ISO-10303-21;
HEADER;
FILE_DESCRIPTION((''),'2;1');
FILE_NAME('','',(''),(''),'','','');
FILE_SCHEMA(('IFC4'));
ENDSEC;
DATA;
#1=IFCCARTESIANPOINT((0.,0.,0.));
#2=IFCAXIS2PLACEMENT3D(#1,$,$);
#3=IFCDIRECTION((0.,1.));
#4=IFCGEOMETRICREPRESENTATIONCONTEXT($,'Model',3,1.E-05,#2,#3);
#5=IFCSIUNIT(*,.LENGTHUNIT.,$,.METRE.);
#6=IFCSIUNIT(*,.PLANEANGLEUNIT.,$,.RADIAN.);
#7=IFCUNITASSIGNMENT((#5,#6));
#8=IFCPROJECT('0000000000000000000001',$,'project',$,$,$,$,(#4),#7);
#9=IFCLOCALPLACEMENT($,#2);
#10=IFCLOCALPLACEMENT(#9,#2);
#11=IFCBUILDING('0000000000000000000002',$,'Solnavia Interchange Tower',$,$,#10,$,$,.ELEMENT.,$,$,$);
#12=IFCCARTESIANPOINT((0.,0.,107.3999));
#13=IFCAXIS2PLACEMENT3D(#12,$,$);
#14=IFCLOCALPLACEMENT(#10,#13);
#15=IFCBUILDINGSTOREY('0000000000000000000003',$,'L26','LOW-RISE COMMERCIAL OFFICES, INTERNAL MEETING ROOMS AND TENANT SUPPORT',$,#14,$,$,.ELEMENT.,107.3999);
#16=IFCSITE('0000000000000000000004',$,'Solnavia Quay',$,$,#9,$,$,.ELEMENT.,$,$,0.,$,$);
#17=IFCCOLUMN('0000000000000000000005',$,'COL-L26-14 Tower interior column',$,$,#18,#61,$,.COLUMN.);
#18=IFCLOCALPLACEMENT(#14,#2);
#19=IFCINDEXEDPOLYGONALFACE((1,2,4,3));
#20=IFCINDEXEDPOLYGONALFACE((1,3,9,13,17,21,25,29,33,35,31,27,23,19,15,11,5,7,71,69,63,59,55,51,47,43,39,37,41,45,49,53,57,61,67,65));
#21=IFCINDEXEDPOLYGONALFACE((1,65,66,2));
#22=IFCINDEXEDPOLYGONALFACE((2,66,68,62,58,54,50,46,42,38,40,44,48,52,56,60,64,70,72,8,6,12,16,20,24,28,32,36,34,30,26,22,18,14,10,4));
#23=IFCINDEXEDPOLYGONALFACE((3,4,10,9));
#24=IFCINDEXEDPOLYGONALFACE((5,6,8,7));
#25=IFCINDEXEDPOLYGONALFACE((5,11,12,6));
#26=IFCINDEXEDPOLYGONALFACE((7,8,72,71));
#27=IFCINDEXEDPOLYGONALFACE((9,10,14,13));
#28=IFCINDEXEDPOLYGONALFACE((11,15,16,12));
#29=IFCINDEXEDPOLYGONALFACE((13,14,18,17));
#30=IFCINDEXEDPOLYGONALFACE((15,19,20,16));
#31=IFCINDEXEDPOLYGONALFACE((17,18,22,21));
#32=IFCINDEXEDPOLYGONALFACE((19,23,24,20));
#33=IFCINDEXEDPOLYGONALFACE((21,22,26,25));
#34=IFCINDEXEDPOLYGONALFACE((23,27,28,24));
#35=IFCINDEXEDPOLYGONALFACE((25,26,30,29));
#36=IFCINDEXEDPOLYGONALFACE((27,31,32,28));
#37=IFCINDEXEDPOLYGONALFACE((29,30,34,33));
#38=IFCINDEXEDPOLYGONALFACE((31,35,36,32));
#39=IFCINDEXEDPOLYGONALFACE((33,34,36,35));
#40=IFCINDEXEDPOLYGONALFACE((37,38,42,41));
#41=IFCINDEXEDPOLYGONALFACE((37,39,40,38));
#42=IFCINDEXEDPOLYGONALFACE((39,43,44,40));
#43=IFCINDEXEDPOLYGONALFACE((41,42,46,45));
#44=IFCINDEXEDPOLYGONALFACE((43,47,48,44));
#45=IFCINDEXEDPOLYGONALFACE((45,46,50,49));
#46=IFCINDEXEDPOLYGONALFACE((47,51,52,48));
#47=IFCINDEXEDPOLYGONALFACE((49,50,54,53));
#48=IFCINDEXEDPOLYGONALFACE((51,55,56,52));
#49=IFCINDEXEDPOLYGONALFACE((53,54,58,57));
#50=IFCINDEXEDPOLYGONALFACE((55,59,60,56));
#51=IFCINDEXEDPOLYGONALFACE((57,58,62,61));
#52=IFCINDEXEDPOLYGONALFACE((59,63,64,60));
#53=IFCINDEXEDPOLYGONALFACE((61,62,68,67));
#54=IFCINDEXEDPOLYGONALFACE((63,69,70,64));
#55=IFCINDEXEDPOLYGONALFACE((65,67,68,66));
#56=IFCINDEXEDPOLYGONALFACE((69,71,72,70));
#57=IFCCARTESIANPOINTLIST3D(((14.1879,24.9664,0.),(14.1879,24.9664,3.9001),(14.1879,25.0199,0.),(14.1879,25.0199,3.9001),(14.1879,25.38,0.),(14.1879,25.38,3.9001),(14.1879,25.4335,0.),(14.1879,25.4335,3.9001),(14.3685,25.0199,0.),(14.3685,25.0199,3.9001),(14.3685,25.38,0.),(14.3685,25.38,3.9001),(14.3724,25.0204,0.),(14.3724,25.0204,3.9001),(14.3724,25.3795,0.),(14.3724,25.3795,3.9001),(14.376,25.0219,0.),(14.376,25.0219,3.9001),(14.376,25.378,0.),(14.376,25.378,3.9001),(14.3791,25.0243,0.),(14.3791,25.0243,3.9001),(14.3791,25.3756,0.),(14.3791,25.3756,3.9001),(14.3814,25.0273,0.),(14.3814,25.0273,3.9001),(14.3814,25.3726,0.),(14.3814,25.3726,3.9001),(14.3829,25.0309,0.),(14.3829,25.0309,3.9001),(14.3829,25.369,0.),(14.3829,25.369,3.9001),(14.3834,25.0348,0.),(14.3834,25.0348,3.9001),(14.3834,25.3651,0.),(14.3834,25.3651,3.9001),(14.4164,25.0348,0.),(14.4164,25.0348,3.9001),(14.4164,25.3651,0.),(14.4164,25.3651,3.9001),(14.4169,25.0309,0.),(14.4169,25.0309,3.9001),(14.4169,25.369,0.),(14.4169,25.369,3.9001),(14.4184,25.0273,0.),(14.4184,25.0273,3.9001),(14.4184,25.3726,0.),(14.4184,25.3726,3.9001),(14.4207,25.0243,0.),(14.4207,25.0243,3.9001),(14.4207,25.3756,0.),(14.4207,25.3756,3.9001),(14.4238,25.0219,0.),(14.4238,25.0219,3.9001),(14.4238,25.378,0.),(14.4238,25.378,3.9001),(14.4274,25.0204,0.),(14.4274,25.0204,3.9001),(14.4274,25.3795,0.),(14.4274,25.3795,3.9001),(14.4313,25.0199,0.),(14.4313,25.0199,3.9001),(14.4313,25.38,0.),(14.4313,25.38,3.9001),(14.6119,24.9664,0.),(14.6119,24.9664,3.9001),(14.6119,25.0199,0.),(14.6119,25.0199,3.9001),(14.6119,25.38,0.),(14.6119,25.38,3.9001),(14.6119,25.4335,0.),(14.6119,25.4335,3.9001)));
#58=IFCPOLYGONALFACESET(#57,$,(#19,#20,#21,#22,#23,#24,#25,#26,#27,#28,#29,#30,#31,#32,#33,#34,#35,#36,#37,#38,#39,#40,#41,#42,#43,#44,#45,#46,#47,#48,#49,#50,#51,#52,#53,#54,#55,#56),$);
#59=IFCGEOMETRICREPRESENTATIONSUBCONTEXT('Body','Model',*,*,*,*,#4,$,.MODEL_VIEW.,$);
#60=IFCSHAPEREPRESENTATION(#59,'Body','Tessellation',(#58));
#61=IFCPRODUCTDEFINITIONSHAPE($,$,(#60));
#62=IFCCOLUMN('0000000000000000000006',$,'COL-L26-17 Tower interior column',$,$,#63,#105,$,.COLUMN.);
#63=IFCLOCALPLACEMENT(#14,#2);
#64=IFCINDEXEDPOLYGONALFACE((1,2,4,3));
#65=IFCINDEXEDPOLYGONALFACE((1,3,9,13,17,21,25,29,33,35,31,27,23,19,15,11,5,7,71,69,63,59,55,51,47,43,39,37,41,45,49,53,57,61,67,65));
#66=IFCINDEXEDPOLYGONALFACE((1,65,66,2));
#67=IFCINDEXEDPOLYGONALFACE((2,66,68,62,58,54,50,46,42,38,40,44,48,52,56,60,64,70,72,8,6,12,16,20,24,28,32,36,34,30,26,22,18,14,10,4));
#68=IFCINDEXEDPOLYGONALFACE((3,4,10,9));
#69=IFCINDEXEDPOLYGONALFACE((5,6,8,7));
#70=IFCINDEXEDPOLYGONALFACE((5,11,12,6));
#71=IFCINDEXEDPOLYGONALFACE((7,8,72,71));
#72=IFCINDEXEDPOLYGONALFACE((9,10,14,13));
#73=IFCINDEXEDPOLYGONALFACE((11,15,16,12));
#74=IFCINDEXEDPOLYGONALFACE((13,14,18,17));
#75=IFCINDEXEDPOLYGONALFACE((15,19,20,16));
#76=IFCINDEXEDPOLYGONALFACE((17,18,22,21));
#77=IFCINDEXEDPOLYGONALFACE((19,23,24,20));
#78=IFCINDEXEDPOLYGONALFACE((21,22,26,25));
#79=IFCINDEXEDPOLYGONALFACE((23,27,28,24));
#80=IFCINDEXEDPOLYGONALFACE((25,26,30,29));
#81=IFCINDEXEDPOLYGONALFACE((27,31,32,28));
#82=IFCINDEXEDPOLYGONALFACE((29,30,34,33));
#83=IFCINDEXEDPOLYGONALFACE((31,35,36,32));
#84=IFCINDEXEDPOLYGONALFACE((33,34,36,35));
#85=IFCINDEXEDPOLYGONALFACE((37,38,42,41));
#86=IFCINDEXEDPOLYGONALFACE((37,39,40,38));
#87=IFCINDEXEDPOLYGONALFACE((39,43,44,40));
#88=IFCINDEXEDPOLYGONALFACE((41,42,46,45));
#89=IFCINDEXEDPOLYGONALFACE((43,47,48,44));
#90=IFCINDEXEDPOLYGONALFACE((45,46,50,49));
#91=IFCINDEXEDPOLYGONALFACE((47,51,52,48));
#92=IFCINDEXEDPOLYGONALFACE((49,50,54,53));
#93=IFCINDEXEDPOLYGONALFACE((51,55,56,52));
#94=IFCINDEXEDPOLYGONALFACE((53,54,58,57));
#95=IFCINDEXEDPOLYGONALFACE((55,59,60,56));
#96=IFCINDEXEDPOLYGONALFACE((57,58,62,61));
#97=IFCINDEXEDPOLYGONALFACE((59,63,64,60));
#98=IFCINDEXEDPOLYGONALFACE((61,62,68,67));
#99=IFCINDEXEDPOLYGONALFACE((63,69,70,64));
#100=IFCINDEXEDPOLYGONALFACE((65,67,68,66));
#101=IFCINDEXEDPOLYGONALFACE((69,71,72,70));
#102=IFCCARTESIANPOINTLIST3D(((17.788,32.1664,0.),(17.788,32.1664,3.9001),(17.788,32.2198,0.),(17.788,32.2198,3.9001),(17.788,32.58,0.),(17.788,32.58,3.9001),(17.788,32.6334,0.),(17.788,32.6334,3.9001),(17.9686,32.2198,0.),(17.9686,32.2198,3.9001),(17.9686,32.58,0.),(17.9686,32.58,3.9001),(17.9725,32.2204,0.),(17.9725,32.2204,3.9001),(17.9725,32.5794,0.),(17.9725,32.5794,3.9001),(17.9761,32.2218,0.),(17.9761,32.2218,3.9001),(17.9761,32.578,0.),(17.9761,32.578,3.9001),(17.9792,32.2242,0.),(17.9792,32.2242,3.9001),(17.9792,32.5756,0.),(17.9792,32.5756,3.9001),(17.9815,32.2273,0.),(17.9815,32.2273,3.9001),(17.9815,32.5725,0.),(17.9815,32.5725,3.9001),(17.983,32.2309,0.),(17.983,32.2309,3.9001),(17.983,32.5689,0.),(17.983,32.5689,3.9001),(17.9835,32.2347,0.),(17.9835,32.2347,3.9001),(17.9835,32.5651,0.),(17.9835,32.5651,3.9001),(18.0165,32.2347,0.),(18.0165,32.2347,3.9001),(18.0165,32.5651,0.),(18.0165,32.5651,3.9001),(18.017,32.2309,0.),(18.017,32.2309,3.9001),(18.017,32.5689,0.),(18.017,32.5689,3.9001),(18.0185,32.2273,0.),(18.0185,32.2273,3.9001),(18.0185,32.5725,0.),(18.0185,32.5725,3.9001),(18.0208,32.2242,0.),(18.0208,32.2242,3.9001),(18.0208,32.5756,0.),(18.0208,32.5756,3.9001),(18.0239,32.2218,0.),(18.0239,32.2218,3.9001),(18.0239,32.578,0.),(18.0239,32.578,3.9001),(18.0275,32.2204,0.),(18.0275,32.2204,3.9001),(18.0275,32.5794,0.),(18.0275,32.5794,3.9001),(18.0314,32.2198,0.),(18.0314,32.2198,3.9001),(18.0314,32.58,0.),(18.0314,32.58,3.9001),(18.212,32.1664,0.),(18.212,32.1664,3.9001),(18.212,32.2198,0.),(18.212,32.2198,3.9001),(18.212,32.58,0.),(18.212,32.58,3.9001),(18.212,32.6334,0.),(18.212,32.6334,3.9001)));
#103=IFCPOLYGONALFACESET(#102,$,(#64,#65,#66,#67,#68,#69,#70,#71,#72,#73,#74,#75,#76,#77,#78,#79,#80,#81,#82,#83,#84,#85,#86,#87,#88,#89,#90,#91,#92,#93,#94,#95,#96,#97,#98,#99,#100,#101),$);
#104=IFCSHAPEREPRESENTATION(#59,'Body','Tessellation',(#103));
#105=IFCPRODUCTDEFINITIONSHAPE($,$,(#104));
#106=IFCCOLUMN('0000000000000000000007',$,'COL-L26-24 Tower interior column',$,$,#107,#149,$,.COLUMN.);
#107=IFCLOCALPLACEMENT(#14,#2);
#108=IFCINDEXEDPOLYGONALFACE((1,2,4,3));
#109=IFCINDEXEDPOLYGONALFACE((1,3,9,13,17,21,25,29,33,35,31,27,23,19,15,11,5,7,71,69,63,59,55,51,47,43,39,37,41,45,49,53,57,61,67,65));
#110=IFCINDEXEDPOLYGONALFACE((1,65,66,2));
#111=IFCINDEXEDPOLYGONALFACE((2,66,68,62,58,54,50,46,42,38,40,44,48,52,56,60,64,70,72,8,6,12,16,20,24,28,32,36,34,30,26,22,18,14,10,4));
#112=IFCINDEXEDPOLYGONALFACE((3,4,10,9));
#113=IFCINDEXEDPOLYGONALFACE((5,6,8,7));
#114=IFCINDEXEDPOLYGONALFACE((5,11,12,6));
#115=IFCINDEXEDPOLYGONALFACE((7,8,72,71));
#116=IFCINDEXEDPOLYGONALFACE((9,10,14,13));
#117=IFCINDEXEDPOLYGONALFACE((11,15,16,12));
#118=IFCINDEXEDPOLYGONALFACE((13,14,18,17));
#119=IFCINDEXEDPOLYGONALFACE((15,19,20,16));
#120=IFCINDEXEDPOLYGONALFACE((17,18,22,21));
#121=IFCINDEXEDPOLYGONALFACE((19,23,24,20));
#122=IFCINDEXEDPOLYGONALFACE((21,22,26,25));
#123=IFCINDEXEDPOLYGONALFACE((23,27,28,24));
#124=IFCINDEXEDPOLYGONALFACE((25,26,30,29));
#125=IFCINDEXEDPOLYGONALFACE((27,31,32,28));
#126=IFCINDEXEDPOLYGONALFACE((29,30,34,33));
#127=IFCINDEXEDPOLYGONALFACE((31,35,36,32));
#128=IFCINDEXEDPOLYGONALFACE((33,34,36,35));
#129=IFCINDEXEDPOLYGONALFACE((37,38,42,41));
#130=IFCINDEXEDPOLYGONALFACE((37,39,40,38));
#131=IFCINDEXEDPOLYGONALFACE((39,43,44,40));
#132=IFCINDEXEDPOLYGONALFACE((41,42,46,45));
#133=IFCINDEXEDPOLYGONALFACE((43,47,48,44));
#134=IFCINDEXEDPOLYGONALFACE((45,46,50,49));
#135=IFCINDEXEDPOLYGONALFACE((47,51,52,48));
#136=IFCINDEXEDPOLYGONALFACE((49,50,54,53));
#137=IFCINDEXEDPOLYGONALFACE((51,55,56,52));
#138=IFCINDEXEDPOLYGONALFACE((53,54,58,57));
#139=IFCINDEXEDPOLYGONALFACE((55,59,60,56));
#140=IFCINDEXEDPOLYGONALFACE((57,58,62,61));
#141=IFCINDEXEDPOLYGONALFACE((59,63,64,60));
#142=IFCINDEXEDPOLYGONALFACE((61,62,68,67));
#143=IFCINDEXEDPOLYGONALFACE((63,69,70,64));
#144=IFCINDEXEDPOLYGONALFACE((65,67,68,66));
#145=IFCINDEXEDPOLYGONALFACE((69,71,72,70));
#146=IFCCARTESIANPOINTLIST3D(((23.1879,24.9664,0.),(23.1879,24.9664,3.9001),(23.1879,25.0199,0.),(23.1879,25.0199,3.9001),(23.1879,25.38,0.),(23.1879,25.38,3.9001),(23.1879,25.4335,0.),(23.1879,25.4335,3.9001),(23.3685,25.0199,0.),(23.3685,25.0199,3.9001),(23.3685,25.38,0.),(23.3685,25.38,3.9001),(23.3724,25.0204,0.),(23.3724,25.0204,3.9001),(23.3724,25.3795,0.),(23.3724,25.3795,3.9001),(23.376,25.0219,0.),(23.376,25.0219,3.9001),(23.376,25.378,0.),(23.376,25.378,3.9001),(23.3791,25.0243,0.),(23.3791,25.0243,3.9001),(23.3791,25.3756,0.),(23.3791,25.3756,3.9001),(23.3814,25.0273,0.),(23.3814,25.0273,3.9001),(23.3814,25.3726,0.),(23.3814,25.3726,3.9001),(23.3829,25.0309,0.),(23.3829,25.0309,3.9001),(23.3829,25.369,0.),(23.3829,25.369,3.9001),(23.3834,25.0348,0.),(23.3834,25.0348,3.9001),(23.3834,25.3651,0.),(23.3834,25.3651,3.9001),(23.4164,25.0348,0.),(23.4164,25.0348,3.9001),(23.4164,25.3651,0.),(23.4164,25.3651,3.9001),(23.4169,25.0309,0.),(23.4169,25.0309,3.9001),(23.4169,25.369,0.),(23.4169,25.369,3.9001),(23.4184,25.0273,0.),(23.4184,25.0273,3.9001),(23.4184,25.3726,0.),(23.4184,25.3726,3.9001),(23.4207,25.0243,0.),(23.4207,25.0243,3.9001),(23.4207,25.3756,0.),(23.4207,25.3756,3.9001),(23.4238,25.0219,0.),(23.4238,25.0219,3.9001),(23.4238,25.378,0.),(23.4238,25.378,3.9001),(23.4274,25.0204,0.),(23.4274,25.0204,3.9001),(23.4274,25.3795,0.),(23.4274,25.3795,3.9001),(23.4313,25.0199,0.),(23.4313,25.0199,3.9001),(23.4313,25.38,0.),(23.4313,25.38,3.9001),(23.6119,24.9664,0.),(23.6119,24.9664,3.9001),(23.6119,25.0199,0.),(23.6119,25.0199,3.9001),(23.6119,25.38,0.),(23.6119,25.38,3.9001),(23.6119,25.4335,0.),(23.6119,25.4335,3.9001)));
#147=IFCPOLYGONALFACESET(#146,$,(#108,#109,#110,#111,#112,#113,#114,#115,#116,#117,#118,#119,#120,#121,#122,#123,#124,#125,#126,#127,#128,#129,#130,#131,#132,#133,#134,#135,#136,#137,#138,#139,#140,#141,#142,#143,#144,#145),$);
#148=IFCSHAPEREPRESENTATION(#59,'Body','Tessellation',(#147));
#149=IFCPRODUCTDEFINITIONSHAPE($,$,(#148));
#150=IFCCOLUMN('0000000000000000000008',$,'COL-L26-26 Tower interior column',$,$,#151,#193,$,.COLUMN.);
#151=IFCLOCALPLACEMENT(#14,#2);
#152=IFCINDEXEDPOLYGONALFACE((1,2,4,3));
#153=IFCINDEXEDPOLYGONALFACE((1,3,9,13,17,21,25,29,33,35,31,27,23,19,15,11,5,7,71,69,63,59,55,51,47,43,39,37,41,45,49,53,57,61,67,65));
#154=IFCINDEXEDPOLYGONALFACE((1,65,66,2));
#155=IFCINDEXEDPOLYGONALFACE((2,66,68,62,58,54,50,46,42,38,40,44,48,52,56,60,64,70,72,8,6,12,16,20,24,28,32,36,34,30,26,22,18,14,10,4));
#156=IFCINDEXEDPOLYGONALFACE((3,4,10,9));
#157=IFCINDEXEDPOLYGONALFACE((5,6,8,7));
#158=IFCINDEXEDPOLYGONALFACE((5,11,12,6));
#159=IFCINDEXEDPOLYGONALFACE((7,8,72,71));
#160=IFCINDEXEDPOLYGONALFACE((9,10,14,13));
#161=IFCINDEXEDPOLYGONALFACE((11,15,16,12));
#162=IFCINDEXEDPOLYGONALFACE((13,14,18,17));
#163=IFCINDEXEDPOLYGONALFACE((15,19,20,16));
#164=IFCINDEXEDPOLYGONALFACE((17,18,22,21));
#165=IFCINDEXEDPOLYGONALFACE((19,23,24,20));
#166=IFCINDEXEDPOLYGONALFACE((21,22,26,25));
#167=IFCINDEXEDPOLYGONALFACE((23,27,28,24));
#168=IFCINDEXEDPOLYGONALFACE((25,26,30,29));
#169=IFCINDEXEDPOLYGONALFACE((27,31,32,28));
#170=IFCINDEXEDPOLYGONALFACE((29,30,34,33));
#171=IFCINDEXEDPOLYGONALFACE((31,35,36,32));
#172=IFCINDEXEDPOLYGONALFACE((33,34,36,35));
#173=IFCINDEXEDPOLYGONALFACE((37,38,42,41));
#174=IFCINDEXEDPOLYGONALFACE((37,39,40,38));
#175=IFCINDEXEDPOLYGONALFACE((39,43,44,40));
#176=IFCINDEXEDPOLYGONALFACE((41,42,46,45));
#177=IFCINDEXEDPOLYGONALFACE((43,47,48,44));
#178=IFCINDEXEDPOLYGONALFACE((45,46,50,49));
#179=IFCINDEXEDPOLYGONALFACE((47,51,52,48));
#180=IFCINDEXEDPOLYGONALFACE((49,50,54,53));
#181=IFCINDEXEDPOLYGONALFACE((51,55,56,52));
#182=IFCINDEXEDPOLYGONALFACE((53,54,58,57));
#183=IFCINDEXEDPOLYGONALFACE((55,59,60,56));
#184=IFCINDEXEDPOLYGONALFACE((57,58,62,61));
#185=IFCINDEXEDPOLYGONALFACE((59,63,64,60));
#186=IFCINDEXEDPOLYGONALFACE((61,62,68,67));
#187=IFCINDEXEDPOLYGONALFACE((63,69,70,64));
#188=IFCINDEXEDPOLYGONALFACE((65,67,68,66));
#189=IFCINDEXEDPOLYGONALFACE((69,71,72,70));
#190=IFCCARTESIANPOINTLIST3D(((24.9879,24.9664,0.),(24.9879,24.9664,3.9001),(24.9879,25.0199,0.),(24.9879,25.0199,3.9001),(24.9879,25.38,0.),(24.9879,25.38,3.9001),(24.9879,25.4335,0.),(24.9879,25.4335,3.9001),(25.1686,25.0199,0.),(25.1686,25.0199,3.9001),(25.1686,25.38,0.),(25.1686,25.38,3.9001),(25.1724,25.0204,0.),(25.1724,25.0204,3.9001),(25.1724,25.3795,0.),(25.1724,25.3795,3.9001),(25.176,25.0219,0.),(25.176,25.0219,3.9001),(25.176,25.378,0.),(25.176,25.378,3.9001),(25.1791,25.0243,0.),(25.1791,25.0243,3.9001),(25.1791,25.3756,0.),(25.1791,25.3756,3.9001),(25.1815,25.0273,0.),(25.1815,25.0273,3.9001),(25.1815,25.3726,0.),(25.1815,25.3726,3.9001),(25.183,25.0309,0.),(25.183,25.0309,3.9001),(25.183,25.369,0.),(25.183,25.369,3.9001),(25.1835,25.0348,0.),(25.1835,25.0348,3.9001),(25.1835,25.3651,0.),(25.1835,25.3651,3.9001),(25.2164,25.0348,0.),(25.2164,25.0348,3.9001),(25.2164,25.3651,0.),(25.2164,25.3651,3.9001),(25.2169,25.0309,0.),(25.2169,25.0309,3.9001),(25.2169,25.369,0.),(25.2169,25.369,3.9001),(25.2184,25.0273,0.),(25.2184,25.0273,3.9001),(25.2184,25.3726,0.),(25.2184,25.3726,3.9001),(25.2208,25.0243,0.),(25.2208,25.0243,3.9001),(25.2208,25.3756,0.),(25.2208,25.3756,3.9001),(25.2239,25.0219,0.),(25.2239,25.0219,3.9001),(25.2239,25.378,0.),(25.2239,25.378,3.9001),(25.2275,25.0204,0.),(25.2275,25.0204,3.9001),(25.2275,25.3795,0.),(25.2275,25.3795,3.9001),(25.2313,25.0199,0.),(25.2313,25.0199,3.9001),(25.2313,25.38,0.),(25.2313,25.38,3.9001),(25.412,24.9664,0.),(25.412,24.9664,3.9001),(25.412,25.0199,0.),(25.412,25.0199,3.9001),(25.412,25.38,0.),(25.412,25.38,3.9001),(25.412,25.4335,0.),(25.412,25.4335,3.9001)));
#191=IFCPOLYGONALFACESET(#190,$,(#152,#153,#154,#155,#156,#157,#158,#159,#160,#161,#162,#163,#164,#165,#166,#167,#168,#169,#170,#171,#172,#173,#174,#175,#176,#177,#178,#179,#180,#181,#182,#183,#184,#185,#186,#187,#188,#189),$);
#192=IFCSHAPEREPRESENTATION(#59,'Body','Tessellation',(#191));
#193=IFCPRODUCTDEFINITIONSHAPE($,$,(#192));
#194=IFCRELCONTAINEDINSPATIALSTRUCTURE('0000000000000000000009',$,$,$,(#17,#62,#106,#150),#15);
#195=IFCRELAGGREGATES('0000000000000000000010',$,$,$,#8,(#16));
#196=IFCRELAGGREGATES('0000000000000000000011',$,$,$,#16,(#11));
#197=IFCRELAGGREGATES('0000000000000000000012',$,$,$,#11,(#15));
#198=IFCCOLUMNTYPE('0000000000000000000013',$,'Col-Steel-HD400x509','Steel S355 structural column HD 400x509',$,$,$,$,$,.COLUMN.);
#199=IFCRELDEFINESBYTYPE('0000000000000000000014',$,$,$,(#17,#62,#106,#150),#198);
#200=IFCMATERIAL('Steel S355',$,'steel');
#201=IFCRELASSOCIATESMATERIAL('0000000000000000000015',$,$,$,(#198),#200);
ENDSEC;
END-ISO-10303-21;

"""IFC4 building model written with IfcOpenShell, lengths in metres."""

from ifc_helpers import new_model, si_unit, direction, frame, origin, origin_2d, place, context, subcontext, project, spatial, i_section, extrude, material, material_profile, profile_set, type_object, element, save


model = new_model("IFC4")

# Units and contexts
model_context = context("Model", 3, precision=1e-05, world=origin(), true_north=direction((0.0, 1.0)))
body_context = subcontext(model_context, "Body", "Model", "MODEL_VIEW")
ifc_project = project(units=[si_unit("LENGTHUNIT", "METRE"), si_unit("PLANEANGLEUNIT", "RADIAN")], contexts=[model_context])

# Site, building, storey
site_placement = place(None, origin())
site = spatial("IfcSite", under=ifc_project, at=site_placement, Name="Solnavia Quay", CompositionType="ELEMENT", RefElevation=0.0)
building_placement = place(site_placement, origin())
building = spatial("IfcBuilding", under=site, at=building_placement, Name="Solnavia Interchange Tower", CompositionType="ELEMENT")
storey_placement = place(building_placement, frame((0.0, 0.0, 107.3999)))
storey = spatial("IfcBuildingStorey", under=building, at=storey_placement, Name="L26", Description="LOW-RISE COMMERCIAL OFFICES, INTERNAL MEETING ROOMS AND TENANT SUPPORT", CompositionType="ELEMENT", Elevation=107.3999)

# Columns
ifc_material_1 = material(Name="Steel S355", Category="steel")
ifc_material_profile_1 = material_profile(ifc_material_1, i_section(OverallWidth=0.4241, OverallDepth=0.467, WebThickness=0.033, FlangeThickness=0.0535, FilletRadius=0.0149, at=origin_2d()), Name="HD 400x509")
ifc_profile_set_1 = profile_set([ifc_material_profile_1], Name="Steel S355")
column_type = type_object("IfcColumnType", Name="Col-Steel-HD400x509", Description="Steel S355 structural column HD 400x509", PredefinedType="COLUMN", material=ifc_profile_set_1)
for number, where, z_axis, x_axis, name in (
    (1, (14.3999, 25.2, 0.0), (0.0, 0.0, 1.0), (1.0, 0.0, 0.0), "COL-L26-14 Tower interior column"),
    (2, (18.0, 32.3999, 0.0), (0.0, 0.0, 1.0), (1.0, 0.0, 0.0), "COL-L26-17 Tower interior column"),
    (3, (23.3999, 25.2, 0.0), (0.0, 0.0, 1.0), (1.0, 0.0, 0.0), "COL-L26-24 Tower interior column"),
    (4, (25.2, 25.2, 0.0), (0.0, 0.0, 1.0), (1.0, 0.0, 0.0), "COL-L26-26 Tower interior column"),
):
    element("IfcColumn", number, at=place(storey_placement, frame(where, z_axis=z_axis, x_axis=x_axis)), inside=storey, type_object=column_type, Name=name, PredefinedType="COLUMN", context=body_context, shape_type="SweptSolid", body=[
        extrude(i_section(OverallWidth=0.4241, OverallDepth=0.467, WebThickness=0.033, FlangeThickness=0.0535, FilletRadius=0.0149, at=origin_2d()), origin(), (0.0, 0.0, 1.0), 3.9001),
    ])

save(model, "model.ifc")
